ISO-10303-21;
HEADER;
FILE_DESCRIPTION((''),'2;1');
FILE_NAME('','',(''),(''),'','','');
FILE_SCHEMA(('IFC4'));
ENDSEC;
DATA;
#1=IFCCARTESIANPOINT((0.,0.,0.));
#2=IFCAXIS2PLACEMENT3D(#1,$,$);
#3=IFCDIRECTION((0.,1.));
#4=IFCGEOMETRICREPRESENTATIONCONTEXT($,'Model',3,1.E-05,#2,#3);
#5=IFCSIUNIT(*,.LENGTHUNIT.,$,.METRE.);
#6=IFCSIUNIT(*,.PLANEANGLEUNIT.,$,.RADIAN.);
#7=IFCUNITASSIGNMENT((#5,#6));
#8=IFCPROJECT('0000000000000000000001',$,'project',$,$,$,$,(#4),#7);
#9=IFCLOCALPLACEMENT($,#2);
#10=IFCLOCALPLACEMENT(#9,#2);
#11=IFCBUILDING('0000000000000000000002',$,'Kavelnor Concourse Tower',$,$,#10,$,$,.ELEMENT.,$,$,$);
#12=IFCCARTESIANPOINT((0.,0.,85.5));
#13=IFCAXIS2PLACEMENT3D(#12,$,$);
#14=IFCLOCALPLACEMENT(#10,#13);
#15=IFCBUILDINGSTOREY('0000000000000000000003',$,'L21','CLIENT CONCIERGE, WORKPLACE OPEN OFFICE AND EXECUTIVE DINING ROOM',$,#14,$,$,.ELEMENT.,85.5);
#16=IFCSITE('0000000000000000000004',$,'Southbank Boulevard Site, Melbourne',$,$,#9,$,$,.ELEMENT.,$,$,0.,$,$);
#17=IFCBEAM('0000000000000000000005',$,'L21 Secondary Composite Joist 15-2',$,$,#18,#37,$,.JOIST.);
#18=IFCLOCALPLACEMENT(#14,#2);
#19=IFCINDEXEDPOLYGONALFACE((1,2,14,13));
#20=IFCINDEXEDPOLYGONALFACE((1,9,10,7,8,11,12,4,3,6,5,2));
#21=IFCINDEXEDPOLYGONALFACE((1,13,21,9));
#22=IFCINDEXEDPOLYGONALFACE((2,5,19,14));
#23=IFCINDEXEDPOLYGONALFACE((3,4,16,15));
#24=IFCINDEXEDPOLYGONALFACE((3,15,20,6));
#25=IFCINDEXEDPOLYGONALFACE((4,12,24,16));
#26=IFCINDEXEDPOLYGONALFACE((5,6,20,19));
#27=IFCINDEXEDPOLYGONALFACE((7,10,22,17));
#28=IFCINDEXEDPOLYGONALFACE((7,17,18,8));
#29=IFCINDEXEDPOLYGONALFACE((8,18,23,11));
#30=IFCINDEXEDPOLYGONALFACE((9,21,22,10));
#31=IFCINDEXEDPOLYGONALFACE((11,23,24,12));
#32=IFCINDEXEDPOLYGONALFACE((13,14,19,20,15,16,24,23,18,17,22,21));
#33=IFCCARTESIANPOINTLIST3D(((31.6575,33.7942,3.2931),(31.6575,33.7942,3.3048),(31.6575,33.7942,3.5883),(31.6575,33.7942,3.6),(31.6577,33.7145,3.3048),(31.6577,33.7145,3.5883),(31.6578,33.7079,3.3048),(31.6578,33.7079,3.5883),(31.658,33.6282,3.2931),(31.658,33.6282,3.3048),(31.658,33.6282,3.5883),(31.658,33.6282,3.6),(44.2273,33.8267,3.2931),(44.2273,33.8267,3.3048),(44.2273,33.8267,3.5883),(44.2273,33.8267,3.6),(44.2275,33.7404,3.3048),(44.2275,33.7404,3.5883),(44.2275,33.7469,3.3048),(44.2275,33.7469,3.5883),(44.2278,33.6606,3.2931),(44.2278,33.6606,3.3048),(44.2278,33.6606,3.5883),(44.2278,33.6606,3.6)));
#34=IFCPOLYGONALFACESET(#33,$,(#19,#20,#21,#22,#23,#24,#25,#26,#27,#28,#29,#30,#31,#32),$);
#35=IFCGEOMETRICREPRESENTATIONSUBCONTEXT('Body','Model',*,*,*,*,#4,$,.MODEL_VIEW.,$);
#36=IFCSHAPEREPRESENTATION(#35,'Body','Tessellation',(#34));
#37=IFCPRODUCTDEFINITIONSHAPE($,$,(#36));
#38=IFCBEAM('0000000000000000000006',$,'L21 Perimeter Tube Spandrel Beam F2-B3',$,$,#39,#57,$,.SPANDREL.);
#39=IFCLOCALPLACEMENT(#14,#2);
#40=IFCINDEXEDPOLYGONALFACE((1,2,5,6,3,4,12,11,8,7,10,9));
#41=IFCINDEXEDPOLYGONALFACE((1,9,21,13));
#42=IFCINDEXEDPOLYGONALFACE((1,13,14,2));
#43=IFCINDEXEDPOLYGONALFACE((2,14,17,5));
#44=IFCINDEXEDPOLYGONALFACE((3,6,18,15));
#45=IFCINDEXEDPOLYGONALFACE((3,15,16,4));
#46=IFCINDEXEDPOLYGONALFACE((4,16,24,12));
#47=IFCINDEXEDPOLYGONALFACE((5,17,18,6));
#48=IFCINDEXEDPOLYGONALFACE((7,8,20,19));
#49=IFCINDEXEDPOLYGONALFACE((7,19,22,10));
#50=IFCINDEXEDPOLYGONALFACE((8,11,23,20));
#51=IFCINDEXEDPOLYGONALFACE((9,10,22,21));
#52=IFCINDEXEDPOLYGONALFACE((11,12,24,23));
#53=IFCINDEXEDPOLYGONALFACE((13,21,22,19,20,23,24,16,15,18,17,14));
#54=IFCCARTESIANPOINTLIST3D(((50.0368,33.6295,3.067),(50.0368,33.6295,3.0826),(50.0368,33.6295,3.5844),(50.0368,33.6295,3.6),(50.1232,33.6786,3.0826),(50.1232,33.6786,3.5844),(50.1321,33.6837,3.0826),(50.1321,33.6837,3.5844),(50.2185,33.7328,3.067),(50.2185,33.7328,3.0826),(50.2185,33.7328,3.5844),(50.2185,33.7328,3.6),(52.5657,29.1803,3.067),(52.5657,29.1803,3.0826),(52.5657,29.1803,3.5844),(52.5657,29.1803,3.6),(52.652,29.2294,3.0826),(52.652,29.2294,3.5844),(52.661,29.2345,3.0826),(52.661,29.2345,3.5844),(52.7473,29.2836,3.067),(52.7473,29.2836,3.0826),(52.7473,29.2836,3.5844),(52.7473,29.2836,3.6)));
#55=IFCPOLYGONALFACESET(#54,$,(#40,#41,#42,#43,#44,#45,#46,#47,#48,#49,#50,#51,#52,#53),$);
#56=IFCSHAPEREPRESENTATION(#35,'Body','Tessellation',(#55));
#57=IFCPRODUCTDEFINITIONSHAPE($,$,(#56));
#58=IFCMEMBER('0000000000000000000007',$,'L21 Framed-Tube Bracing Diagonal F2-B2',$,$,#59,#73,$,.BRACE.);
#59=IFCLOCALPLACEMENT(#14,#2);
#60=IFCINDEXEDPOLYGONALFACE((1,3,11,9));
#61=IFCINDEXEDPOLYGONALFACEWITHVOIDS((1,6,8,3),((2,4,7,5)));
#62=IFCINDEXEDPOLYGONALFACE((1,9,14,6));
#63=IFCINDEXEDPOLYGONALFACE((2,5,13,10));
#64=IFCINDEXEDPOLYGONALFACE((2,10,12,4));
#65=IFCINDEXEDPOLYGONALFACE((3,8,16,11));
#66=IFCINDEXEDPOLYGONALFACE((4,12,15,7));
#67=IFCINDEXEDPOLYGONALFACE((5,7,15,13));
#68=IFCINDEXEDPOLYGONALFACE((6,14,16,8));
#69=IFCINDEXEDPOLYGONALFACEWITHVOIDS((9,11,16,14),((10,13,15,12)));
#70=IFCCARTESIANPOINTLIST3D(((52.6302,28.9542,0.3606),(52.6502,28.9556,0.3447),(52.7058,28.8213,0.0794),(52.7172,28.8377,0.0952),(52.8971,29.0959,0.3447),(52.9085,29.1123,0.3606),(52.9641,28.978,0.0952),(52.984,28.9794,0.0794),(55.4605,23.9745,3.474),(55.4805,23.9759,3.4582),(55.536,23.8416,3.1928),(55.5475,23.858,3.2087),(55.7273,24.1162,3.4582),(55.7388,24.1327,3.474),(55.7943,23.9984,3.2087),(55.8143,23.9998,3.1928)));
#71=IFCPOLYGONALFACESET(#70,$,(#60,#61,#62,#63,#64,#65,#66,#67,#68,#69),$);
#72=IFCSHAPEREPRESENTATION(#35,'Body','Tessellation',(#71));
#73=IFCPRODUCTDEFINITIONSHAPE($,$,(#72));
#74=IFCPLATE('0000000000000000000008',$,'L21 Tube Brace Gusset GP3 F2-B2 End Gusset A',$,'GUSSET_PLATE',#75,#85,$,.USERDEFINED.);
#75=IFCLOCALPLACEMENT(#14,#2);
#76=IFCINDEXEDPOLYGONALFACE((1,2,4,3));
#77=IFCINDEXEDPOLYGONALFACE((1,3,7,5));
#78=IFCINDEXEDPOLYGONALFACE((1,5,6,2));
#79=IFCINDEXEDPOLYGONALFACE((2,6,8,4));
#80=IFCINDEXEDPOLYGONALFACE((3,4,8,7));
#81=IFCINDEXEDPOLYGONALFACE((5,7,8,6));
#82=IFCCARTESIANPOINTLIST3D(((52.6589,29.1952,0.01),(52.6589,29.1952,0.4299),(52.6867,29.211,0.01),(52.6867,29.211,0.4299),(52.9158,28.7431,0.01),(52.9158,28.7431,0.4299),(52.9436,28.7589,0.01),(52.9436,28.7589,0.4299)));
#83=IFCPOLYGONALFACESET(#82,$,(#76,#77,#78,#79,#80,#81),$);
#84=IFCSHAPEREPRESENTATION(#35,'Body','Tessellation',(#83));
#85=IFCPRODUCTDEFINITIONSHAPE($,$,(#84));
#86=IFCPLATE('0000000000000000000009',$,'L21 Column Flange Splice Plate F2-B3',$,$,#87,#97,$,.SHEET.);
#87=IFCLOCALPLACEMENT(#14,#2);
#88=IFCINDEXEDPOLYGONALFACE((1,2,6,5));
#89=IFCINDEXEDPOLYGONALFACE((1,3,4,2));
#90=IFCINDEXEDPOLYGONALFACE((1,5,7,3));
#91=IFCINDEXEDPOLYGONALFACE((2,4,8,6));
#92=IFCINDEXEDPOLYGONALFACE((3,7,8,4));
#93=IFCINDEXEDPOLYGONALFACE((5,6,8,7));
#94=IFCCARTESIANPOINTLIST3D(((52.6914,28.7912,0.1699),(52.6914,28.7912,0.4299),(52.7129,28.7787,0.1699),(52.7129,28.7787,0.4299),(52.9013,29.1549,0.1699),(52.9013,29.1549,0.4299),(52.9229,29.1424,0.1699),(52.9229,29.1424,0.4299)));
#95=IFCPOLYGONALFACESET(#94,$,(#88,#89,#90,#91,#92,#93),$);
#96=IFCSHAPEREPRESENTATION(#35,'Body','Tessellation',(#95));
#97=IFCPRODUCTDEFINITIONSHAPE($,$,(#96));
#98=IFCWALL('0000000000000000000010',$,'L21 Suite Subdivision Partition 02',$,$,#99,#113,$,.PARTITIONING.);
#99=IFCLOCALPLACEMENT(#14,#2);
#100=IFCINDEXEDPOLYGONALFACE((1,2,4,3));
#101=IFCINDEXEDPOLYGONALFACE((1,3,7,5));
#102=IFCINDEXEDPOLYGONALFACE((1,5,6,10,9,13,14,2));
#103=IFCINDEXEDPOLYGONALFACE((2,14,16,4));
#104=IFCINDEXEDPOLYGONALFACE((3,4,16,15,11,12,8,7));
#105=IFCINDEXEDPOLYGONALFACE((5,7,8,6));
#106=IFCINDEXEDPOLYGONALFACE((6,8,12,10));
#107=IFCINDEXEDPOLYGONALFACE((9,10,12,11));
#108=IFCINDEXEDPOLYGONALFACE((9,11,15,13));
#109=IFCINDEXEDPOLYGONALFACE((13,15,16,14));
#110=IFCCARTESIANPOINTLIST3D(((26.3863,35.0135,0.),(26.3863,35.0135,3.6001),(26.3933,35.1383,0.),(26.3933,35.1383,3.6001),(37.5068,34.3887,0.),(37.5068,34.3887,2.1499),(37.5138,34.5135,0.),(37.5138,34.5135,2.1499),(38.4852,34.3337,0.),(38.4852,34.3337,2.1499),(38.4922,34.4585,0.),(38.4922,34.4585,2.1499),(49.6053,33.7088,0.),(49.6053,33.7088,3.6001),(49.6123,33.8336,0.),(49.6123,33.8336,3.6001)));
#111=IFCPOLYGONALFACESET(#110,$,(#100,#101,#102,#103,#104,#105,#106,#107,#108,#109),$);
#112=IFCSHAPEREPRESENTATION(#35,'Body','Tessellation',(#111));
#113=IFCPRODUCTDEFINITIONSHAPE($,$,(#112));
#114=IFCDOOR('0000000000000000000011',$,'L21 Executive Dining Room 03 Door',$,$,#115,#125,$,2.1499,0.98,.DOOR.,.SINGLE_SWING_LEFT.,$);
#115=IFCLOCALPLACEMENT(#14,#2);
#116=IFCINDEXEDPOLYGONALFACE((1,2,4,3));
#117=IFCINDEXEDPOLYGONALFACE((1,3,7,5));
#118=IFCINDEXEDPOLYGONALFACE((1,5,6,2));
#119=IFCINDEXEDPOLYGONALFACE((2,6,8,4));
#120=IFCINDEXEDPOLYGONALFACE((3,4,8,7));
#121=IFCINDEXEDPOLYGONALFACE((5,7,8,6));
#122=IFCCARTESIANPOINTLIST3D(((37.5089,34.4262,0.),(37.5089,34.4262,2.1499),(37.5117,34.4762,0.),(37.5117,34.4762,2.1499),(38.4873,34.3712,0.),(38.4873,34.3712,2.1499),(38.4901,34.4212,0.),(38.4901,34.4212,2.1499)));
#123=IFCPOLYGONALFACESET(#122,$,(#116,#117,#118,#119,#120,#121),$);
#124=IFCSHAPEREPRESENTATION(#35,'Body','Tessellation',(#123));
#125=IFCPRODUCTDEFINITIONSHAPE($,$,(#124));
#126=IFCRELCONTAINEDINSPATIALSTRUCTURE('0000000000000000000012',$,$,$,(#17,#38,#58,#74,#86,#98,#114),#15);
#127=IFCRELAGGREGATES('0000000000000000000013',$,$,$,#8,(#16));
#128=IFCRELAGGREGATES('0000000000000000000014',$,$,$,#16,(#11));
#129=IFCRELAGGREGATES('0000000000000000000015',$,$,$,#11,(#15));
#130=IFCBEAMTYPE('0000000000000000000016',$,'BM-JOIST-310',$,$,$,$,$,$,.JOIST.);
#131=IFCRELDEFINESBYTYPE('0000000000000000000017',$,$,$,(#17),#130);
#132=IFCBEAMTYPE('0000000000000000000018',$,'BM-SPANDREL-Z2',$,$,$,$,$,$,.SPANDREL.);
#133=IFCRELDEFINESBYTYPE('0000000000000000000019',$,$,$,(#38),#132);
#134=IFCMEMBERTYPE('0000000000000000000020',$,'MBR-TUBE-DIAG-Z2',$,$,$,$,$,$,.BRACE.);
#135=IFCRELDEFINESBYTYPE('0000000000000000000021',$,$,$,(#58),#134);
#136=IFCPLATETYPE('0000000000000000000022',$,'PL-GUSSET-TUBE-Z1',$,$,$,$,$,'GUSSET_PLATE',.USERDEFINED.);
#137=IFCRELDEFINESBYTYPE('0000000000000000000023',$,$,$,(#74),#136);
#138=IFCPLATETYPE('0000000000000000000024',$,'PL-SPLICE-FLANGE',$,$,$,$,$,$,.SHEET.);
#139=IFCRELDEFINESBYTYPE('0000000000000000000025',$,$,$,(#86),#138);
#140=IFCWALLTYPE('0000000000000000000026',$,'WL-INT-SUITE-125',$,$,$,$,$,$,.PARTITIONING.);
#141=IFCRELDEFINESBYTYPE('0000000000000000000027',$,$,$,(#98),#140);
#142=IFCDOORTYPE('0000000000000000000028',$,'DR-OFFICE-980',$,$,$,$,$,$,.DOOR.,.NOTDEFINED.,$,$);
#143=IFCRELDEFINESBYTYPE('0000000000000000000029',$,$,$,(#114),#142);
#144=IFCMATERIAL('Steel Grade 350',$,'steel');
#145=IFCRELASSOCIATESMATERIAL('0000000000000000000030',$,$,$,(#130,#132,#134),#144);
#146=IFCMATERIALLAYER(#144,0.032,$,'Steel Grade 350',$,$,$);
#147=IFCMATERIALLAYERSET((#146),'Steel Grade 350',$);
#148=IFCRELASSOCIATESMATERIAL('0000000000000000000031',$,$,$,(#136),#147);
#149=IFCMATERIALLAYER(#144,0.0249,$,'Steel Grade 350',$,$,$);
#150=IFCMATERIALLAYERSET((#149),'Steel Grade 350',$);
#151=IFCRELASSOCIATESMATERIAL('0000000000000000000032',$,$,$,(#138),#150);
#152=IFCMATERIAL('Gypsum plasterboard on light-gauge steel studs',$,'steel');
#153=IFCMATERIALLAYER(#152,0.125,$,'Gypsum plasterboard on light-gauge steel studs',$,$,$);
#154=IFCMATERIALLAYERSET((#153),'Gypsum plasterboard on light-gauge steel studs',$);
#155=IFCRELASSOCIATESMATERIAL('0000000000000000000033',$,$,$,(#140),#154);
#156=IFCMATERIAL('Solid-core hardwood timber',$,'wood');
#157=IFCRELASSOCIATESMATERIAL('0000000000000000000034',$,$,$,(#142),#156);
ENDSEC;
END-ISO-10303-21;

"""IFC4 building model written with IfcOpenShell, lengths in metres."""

from ifc_helpers import new_model, si_unit, direction, frame, frame_2d, origin, origin_2d, place, context, subcontext, project, spatial, rectangle, hollow_rectangle, i_section, extrude, material, layer, layer_set, material_profile, profile_set, type_object, element, fill, save


model = new_model("IFC4")

# Units and contexts
model_context = context("Model", 3, precision=1e-05, world=origin(), true_north=direction((0.0, 1.0)))
body_context = subcontext(model_context, "Body", "Model", "MODEL_VIEW")
ifc_project = project(units=[si_unit("LENGTHUNIT", "METRE"), si_unit("PLANEANGLEUNIT", "RADIAN")], contexts=[model_context])

# Site, building, storey
site_placement = place(None, origin())
site = spatial("IfcSite", under=ifc_project, at=site_placement, Name="Southbank Boulevard Site, Melbourne", CompositionType="ELEMENT", RefElevation=0.0)
building_placement = place(site_placement, origin())
building = spatial("IfcBuilding", under=site, at=building_placement, Name="Kavelnor Concourse Tower", CompositionType="ELEMENT")
storey_placement = place(building_placement, frame((0.0, 0.0, 85.5)))
storey = spatial("IfcBuildingStorey", under=building, at=storey_placement, Name="L21", Description="CLIENT CONCIERGE, WORKPLACE OPEN OFFICE AND EXECUTIVE DINING ROOM", CompositionType="ELEMENT", Elevation=85.5)

# Shared definitions
ifc_material_1 = material(Name="Steel Grade 350", Category="steel")

# Beams
ifc_material_profile_1 = material_profile(ifc_material_1, i_section(OverallWidth=0.166, OverallDepth=0.3069, WebThickness=0.0066, FlangeThickness=0.0117, at=origin_2d()), Name="310UB46")
ifc_profile_set_1 = profile_set([ifc_material_profile_1], Name="Steel Grade 350")
beam_type_1 = type_object("IfcBeamType", Name="BM-JOIST-310", PredefinedType="JOIST", material=ifc_profile_set_1)
for number, where, z_axis, x_axis, name in (
    (1, (44.2275, 33.7437, 3.4465), (-0.999997, -0.002583, 0.0), (0.002583, -0.999997, 0.0), "L21 Secondary Composite Joist 15-2"),
):
    element("IfcBeam", number, at=place(storey_placement, frame(where, z_axis=z_axis, x_axis=x_axis)), inside=storey, type_object=beam_type_1, Name=name, PredefinedType="JOIST", context=body_context, shape_type="SweptSolid", body=[
        extrude(i_section(OverallWidth=0.166, OverallDepth=0.3069, WebThickness=0.0066, FlangeThickness=0.0117, at=origin_2d()), origin(), (0.0, 0.0, 1.0), 12.5698),
    ])
ifc_material_profile_2 = material_profile(ifc_material_1, i_section(OverallWidth=0.209, OverallDepth=0.533, WebThickness=0.0103, FlangeThickness=0.0156, at=origin_2d()), Name="530UB92")
ifc_profile_set_2 = profile_set([ifc_material_profile_2], Name="Steel Grade 350")
beam_type_2 = type_object("IfcBeamType", Name="BM-SPANDREL-Z2", PredefinedType="SPANDREL", material=ifc_profile_set_2)
beam_1_placement = place(storey_placement, frame((52.6565, 29.2319, 3.3335), z_axis=(-0.494134, 0.869386, 0.0), x_axis=(-0.869386, -0.494134, 0.0)))
element("IfcBeam", 2, at=beam_1_placement, inside=storey, type_object=beam_type_2, Name="L21 Perimeter Tube Spandrel Beam F2-B3", PredefinedType="SPANDREL", context=body_context, shape_type="SweptSolid", body=[
    extrude(i_section(OverallWidth=0.209, OverallDepth=0.533, WebThickness=0.0103, FlangeThickness=0.0156, at=origin_2d()), origin(), (0.0, 0.0, 1.0), 5.1177),
])

# Member
ifc_material_profile_3 = material_profile(ifc_material_1, hollow_rectangle(XDim=0.3201, YDim=0.3201, WallThickness=0.0181, at=origin_2d()), Name="SHS 320x320x18")
ifc_profile_set_3 = profile_set([ifc_material_profile_3], Name="Steel Grade 350")
member_type = type_object("IfcMemberType", Name="MBR-TUBE-DIAG-Z2", PredefinedType="BRACE", material=ifc_profile_set_3)
member_placement = place(storey_placement, frame((52.8071, 28.9668, 0.22), z_axis=(0.434139, -0.763834, 0.477579), x_axis=(0.869387, 0.494132, 0.0)))
element("IfcMember", 3, at=member_placement, inside=storey, type_object=member_type, Name="L21 Framed-Tube Bracing Diagonal F2-B2", PredefinedType="BRACE", context=body_context, shape_type="SweptSolid", body=[
    extrude(hollow_rectangle(XDim=0.3201, YDim=0.3201, WallThickness=0.0181, at=origin_2d()), origin(), (0.0, 0.0, 1.0), 6.5193),
])

# Plates
ifc_layer_1 = layer(ifc_material_1, 0.032, Name="Steel Grade 350")
ifc_layer_set_1 = layer_set([ifc_layer_1], Name="Steel Grade 350")
plate_type_1 = type_object("IfcPlateType", Name="PL-GUSSET-TUBE-Z1", ElementType="GUSSET_PLATE", PredefinedType="USERDEFINED", material=ifc_layer_set_1)
plate_1_placement = place(storey_placement, frame((52.8013, 28.9771, 0.01), z_axis=(0.0, 0.0, 1.0), x_axis=(0.494094, -0.869409, 0.0)))
element("IfcPlate", 4, at=plate_1_placement, inside=storey, type_object=plate_type_1, Name="L21 Tube Brace Gusset GP3 F2-B2 End Gusset A", ObjectType="GUSSET_PLATE", PredefinedType="USERDEFINED", context=body_context, shape_type="SweptSolid", body=[
    extrude(rectangle(XDim=0.52, YDim=0.032, at=origin_2d()), origin(), (0.0, 0.0, 1.0), 0.4199),
])
ifc_layer_2 = layer(ifc_material_1, 0.0249, Name="Steel Grade 350")
ifc_layer_set_2 = layer_set([ifc_layer_2], Name="Steel Grade 350")
plate_type_2 = type_object("IfcPlateType", Name="PL-SPLICE-FLANGE", PredefinedType="SHEET", material=ifc_layer_set_2)
plate_2_placement = place(storey_placement, frame((52.8071, 28.9668, 0.1699), z_axis=(0.0, 0.0, 1.0), x_axis=(-0.5, -0.866025, 0.0)))
element("IfcPlate", 5, at=plate_2_placement, inside=storey, type_object=plate_type_2, Name="L21 Column Flange Splice Plate F2-B3", PredefinedType="SHEET", context=body_context, shape_type="SweptSolid", body=[
    extrude(rectangle(XDim=0.4199, YDim=0.0249, at=origin_2d()), origin(), (0.0, 0.0, 1.0), 0.26),
])

# Wall, opening, door
ifc_material_2 = material(Name="Gypsum plasterboard on light-gauge steel studs", Category="steel")
ifc_layer_3 = layer(ifc_material_2, 0.125, Name="Gypsum plasterboard on light-gauge steel studs")
ifc_layer_set_3 = layer_set([ifc_layer_3], Name="Gypsum plasterboard on light-gauge steel studs")
wall_type = type_object("IfcWallType", Name="WL-INT-SUITE-125", PredefinedType="PARTITIONING", material=ifc_layer_set_3)
wall_placement = place(storey_placement, frame((49.6089, 33.7712, 0.0), z_axis=(0.0, 0.0, 1.0), x_axis=(-0.998425, 0.056102, 0.0)))
wall = element("IfcWall", 6, at=wall_placement, inside=storey, type_object=wall_type, Name="L21 Suite Subdivision Partition 02", PredefinedType="PARTITIONING", context=body_context, shape_type="SweptSolid", body=[
    extrude(rectangle(XDim=23.2556, YDim=0.125, at=frame_2d((11.6279, 0.0))), origin(), (0.0, 0.0, 1.0), 3.6001),
])
opening_placement = place(wall_placement, frame((11.1377, 0.0, 0.0)))
opening = element("IfcOpeningElement", 7, at=opening_placement, cuts=wall, PredefinedType="OPENING", context=body_context, shape_type="SweptSolid", body=[
    extrude(rectangle(XDim=0.98, YDim=2.1499, at=frame_2d((0.49, 1.075))), frame((0.0, 0.0725, 0.0), z_axis=(0.0, -1.0, 0.0), x_axis=(1.0, 0.0, 0.0)), (0.0, 0.0, 1.0), 0.145),
])
ifc_material_3 = material(Name="Solid-core hardwood timber", Category="wood")
door_type = type_object("IfcDoorType", Name="DR-OFFICE-980", OperationType="NOTDEFINED", PredefinedType="DOOR", material=ifc_material_3)
door_placement = place(opening_placement, origin())
door = element("IfcDoor", 8, at=door_placement, inside=storey, type_object=door_type, Name="L21 Executive Dining Room 03 Door", OperationType="SINGLE_SWING_LEFT", OverallHeight=2.1499, OverallWidth=0.98, PredefinedType="DOOR", context=body_context, shape_type="SweptSolid", body=[
    extrude(rectangle(XDim=0.98, YDim=2.1499, at=frame_2d((0.49, 1.075))), frame((0.0, 0.0249, 0.0), z_axis=(0.0, -1.0, 0.0), x_axis=(1.0, 0.0, 0.0)), (0.0, 0.0, 1.0), 0.05),
])
fill(opening, door)

save(model, "model.ifc")
